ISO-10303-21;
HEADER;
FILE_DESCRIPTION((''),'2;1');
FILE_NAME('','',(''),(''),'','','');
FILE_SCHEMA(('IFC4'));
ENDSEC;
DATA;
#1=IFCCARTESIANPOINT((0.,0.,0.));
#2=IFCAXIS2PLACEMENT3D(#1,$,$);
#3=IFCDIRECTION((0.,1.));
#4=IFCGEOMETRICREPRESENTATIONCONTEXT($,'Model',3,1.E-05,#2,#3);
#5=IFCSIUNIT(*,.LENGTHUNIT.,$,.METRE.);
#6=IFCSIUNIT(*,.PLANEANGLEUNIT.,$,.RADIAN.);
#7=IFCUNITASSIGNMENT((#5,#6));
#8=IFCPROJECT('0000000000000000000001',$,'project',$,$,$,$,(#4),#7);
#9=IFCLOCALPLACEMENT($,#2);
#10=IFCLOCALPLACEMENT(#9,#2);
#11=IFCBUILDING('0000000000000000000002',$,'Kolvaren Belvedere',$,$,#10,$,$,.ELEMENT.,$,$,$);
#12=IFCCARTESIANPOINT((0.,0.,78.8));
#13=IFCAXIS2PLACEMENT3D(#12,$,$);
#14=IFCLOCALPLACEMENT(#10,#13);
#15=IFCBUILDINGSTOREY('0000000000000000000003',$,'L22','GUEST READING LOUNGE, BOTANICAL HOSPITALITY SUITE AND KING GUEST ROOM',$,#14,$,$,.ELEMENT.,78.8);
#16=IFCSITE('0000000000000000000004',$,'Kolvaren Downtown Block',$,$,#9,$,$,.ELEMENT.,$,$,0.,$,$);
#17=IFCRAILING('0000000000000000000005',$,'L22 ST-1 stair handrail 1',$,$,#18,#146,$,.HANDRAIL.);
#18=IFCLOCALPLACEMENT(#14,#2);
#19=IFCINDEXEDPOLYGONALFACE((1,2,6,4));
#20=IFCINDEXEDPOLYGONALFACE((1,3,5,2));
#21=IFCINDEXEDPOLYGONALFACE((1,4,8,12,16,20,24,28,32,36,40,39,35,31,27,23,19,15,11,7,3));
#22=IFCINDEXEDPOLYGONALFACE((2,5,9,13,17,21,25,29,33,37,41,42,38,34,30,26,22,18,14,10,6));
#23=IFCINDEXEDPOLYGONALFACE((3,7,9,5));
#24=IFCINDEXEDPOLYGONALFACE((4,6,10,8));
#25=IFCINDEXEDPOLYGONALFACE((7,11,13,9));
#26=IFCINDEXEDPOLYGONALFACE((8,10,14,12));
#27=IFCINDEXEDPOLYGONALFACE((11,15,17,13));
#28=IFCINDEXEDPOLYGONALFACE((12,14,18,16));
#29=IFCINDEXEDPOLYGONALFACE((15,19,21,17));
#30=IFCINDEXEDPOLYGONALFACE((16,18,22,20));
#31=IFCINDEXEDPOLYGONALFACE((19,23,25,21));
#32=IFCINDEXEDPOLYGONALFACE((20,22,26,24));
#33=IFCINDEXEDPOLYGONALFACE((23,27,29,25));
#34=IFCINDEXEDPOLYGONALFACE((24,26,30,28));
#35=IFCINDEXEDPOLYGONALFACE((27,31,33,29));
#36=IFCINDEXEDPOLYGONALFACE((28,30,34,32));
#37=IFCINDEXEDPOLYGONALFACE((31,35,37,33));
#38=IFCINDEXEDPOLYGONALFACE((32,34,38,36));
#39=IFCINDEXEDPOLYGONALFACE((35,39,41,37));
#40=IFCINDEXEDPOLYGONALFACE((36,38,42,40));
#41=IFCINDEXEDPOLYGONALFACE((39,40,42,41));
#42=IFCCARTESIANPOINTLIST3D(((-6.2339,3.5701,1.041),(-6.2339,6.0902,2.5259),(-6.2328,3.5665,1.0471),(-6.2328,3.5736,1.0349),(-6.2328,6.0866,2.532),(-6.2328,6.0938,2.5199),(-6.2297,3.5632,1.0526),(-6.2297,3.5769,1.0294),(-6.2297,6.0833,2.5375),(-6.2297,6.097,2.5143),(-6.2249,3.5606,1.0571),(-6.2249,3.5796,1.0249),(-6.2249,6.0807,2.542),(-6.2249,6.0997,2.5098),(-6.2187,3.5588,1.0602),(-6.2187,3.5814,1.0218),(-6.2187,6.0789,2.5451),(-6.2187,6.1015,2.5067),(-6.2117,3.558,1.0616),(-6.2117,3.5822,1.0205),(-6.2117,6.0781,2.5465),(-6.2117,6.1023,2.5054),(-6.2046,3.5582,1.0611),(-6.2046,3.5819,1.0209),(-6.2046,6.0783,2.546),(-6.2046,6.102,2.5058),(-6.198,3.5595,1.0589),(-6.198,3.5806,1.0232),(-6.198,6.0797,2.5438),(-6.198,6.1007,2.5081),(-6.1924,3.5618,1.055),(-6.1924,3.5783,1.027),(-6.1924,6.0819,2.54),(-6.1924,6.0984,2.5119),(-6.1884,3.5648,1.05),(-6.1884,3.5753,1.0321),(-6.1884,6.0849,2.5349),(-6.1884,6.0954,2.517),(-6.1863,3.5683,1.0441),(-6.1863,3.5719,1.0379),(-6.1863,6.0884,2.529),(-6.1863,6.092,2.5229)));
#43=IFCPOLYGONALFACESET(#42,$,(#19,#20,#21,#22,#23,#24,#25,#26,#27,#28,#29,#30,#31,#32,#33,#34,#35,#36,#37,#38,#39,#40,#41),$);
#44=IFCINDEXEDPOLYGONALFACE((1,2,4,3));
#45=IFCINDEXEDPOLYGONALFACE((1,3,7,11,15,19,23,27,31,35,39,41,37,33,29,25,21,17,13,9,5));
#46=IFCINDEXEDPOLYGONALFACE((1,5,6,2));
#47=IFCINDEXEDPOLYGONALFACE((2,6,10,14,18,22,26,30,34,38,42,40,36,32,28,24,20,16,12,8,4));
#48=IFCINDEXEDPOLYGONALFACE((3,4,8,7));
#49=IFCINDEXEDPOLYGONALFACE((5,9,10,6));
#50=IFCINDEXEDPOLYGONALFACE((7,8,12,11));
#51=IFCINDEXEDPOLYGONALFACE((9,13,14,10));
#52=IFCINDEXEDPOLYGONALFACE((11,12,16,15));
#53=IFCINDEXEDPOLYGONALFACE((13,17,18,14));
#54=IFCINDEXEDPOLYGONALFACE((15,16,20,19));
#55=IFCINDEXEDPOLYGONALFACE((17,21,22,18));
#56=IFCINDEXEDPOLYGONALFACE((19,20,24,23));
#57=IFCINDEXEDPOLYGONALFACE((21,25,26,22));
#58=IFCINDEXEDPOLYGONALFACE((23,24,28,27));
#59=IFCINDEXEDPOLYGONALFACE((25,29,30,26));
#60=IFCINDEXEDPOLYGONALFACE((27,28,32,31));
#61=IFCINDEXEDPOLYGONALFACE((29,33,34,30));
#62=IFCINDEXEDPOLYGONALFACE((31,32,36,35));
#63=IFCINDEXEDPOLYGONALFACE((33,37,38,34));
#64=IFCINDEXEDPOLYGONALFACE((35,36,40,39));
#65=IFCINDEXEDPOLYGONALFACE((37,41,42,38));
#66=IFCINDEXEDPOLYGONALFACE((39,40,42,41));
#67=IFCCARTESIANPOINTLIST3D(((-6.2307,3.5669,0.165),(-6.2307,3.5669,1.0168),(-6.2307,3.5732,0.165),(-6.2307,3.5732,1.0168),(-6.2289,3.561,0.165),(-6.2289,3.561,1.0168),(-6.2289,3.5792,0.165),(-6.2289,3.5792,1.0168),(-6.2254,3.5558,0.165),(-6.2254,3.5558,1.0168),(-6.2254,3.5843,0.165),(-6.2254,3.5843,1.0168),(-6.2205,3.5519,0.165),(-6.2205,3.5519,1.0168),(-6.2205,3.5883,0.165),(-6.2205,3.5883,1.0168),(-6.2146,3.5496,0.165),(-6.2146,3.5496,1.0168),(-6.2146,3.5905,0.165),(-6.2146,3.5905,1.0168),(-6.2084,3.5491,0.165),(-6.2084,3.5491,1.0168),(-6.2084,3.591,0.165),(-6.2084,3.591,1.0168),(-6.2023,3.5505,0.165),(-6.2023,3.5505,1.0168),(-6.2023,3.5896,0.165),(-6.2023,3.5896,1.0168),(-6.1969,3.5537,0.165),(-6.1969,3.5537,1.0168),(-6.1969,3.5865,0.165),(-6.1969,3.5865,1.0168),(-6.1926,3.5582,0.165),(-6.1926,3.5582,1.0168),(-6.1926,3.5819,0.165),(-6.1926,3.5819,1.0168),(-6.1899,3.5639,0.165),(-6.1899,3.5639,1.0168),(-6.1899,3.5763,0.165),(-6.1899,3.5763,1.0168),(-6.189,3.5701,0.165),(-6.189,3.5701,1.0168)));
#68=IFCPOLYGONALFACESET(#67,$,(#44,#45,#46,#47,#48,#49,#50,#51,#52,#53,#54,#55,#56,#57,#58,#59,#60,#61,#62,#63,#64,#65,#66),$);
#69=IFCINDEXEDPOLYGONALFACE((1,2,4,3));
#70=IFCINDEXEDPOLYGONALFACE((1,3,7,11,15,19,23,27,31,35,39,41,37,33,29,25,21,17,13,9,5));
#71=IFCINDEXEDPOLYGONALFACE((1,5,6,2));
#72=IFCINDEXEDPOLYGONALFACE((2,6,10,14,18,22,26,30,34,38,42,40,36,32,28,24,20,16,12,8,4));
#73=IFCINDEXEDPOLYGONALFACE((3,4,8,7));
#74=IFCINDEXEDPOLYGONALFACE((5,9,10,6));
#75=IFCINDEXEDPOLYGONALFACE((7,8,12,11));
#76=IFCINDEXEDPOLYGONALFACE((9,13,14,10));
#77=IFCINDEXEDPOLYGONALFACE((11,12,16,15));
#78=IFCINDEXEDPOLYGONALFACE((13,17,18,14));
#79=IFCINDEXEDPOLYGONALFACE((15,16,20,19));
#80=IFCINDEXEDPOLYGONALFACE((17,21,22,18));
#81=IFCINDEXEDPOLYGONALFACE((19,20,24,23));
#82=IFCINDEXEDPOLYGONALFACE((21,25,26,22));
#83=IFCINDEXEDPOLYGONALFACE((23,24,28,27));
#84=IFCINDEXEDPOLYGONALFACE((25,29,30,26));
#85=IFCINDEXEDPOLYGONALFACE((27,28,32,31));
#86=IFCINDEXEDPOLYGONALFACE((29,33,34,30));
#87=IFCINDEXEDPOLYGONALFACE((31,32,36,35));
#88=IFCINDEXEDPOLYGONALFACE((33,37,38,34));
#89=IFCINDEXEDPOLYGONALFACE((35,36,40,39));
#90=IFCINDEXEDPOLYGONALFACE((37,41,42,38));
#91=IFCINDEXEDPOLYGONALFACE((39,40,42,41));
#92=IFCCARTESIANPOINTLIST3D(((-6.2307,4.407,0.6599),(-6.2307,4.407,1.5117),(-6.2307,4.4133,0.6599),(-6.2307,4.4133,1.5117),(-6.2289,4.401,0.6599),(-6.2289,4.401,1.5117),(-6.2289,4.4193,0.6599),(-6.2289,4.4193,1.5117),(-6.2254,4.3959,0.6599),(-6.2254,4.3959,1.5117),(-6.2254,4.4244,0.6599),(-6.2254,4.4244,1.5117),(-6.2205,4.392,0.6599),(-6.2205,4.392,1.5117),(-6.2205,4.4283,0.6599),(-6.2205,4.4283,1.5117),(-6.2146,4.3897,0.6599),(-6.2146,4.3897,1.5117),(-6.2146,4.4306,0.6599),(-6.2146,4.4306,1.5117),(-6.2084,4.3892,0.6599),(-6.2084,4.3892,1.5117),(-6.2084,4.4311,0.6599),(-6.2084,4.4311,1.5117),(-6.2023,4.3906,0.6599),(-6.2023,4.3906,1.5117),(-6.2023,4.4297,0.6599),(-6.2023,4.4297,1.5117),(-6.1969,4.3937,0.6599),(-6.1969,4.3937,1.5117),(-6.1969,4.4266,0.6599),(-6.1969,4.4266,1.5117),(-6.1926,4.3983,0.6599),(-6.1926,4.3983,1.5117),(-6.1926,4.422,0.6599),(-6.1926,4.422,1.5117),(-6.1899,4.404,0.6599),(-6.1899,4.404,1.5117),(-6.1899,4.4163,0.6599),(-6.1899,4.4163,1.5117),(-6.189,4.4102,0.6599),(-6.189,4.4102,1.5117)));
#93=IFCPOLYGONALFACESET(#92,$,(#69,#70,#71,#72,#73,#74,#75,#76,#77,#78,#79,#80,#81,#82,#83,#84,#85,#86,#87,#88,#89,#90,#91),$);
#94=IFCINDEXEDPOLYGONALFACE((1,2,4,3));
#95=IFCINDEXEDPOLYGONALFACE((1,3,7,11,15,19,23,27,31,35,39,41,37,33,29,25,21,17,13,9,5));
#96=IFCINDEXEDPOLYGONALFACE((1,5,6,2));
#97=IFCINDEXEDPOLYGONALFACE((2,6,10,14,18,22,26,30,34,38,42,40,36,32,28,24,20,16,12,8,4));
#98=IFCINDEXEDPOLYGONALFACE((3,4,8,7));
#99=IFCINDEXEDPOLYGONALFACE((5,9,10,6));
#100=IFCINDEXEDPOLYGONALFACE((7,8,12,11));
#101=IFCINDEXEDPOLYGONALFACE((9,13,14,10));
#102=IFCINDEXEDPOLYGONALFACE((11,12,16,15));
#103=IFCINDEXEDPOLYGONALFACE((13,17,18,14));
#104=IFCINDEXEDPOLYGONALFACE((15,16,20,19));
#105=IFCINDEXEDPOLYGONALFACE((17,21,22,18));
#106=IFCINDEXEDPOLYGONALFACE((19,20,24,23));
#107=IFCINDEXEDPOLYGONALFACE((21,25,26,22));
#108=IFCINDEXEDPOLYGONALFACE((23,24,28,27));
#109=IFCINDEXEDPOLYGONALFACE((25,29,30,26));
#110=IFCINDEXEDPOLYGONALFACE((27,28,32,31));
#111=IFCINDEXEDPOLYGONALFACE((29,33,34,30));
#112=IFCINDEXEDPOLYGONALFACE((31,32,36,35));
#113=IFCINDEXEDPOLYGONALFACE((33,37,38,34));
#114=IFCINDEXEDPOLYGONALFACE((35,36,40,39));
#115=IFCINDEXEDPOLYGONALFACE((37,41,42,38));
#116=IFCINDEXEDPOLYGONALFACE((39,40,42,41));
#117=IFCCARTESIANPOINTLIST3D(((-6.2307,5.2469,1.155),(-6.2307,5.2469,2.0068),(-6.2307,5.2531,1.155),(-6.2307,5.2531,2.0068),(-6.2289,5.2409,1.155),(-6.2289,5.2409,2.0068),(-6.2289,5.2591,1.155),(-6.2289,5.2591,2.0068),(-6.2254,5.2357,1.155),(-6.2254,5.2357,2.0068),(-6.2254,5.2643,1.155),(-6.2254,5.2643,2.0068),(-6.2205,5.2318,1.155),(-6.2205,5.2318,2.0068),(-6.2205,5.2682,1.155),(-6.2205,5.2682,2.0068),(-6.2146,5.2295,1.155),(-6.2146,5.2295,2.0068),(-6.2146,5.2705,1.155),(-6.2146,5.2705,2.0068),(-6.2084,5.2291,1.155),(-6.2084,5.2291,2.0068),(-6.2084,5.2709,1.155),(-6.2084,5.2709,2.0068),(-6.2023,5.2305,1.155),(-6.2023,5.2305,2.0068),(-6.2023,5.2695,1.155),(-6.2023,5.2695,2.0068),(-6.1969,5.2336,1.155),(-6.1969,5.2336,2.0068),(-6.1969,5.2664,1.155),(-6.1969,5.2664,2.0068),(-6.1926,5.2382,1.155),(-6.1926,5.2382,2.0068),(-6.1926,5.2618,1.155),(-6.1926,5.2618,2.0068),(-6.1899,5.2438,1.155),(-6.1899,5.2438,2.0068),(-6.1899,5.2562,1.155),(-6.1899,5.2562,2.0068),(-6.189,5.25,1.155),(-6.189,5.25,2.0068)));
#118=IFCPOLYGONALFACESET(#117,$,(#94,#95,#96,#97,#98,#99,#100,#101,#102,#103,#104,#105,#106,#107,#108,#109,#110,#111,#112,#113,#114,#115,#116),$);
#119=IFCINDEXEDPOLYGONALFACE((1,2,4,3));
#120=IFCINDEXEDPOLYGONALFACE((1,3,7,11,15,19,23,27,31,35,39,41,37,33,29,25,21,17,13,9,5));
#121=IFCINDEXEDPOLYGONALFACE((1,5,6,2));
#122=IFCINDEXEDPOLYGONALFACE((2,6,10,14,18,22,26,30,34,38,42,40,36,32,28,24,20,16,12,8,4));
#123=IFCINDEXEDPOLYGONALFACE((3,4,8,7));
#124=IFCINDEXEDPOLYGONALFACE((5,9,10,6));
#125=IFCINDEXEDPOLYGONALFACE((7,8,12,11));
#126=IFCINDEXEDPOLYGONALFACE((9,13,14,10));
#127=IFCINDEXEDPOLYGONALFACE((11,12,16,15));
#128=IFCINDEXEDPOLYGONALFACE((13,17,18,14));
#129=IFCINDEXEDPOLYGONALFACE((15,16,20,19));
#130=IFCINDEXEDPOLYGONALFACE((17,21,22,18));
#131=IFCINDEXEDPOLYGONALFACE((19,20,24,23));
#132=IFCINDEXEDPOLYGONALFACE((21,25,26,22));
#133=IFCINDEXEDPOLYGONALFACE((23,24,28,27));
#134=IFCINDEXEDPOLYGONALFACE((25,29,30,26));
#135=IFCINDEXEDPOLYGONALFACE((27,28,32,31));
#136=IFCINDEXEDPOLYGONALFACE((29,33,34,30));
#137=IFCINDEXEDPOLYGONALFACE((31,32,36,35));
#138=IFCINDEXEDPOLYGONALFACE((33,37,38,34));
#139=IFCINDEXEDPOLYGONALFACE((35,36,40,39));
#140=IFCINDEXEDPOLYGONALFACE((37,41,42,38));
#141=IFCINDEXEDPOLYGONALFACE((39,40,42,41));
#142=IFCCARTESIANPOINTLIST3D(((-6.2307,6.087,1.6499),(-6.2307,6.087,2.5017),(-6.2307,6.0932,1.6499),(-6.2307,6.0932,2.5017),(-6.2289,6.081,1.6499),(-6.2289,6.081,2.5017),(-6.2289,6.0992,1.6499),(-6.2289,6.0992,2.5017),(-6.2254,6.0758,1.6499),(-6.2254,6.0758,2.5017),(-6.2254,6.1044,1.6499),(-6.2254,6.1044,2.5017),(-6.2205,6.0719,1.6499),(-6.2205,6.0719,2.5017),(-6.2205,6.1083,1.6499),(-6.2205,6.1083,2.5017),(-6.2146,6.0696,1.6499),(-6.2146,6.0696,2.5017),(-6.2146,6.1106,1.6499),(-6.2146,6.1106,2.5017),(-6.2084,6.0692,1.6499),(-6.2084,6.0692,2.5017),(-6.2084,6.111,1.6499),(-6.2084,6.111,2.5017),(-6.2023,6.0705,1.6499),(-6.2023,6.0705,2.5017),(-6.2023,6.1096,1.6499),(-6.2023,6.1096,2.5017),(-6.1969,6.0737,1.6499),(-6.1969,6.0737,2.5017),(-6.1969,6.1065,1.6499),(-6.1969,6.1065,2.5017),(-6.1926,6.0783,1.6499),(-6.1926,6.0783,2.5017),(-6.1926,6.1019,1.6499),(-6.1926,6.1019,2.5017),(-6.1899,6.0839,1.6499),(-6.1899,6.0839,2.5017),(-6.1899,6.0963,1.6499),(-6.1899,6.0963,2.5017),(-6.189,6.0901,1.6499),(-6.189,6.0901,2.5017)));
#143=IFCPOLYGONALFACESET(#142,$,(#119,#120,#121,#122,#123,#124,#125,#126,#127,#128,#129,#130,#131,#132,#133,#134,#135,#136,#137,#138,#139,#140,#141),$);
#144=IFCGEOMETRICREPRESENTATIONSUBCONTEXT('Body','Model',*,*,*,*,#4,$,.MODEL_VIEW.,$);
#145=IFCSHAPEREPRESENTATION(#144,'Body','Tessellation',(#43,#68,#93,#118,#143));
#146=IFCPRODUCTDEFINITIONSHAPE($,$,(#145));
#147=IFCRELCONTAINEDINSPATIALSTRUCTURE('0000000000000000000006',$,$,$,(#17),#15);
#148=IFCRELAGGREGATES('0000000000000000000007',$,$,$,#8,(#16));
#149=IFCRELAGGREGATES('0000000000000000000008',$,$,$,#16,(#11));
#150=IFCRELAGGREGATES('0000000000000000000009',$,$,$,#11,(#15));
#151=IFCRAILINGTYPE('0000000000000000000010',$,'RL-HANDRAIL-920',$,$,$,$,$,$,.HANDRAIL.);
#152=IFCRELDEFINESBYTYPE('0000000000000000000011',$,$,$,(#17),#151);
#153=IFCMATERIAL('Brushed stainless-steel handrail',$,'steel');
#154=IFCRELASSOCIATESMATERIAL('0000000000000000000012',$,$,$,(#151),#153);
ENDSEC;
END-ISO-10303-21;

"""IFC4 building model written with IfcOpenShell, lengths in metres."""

from ifc_helpers import new_model, si_unit, direction, frame, origin, origin_2d, place, context, subcontext, project, spatial, circle, extrude, material, type_object, element, save


model = new_model("IFC4")

# Units and contexts
model_context = context("Model", 3, precision=1e-05, world=origin(), true_north=direction((0.0, 1.0)))
body_context = subcontext(model_context, "Body", "Model", "MODEL_VIEW")
ifc_project = project(units=[si_unit("LENGTHUNIT", "METRE"), si_unit("PLANEANGLEUNIT", "RADIAN")], contexts=[model_context])

# Site, building, storey
site_placement = place(None, origin())
site = spatial("IfcSite", under=ifc_project, at=site_placement, Name="Kolvaren Downtown Block", CompositionType="ELEMENT", RefElevation=0.0)
building_placement = place(site_placement, origin())
building = spatial("IfcBuilding", under=site, at=building_placement, Name="Kolvaren Belvedere", CompositionType="ELEMENT")
storey_placement = place(building_placement, frame((0.0, 0.0, 78.8)))
storey = spatial("IfcBuildingStorey", under=building, at=storey_placement, Name="L22", Description="GUEST READING LOUNGE, BOTANICAL HOSPITALITY SUITE AND KING GUEST ROOM", CompositionType="ELEMENT", Elevation=78.8)

# Railing
ifc_material_1 = material(Name="Brushed stainless-steel handrail", Category="steel")
railing_type_1 = type_object("IfcRailingType", Name="RL-HANDRAIL-920", PredefinedType="HANDRAIL", material=ifc_material_1)
railing_1_placement = place(storey_placement, frame((-6.21, 3.5701, 0.165)))
element("IfcRailing", 1, at=railing_1_placement, inside=storey, type_object=railing_type_1, Name="L22 ST-1 stair handrail 1", PredefinedType="HANDRAIL", context=body_context, shape_type="SweptSolid", body=[
    extrude(circle(Radius=0.0239, at=origin_2d()), frame((0.0, 0.0, 0.876), z_axis=(0.0, 0.861561, 0.507655), x_axis=(-1.0, 0.0, 0.0)), (0.0, 0.0, 1.0), 2.925),
    extrude(circle(Radius=0.021, at=origin_2d()), origin(), (0.0, 0.0, 1.0), 0.8518),
    extrude(circle(Radius=0.021, at=origin_2d()), frame((0.0, 0.8401, 0.4949)), (0.0, 0.0, 1.0), 0.8518),
    extrude(circle(Radius=0.021, at=origin_2d()), frame((0.0, 1.6799, 0.99)), (0.0, 0.0, 1.0), 0.8518),
    extrude(circle(Radius=0.021, at=origin_2d()), frame((0.0, 2.52, 1.4849)), (0.0, 0.0, 1.0), 0.8518),
])

save(model, "model.ifc")
